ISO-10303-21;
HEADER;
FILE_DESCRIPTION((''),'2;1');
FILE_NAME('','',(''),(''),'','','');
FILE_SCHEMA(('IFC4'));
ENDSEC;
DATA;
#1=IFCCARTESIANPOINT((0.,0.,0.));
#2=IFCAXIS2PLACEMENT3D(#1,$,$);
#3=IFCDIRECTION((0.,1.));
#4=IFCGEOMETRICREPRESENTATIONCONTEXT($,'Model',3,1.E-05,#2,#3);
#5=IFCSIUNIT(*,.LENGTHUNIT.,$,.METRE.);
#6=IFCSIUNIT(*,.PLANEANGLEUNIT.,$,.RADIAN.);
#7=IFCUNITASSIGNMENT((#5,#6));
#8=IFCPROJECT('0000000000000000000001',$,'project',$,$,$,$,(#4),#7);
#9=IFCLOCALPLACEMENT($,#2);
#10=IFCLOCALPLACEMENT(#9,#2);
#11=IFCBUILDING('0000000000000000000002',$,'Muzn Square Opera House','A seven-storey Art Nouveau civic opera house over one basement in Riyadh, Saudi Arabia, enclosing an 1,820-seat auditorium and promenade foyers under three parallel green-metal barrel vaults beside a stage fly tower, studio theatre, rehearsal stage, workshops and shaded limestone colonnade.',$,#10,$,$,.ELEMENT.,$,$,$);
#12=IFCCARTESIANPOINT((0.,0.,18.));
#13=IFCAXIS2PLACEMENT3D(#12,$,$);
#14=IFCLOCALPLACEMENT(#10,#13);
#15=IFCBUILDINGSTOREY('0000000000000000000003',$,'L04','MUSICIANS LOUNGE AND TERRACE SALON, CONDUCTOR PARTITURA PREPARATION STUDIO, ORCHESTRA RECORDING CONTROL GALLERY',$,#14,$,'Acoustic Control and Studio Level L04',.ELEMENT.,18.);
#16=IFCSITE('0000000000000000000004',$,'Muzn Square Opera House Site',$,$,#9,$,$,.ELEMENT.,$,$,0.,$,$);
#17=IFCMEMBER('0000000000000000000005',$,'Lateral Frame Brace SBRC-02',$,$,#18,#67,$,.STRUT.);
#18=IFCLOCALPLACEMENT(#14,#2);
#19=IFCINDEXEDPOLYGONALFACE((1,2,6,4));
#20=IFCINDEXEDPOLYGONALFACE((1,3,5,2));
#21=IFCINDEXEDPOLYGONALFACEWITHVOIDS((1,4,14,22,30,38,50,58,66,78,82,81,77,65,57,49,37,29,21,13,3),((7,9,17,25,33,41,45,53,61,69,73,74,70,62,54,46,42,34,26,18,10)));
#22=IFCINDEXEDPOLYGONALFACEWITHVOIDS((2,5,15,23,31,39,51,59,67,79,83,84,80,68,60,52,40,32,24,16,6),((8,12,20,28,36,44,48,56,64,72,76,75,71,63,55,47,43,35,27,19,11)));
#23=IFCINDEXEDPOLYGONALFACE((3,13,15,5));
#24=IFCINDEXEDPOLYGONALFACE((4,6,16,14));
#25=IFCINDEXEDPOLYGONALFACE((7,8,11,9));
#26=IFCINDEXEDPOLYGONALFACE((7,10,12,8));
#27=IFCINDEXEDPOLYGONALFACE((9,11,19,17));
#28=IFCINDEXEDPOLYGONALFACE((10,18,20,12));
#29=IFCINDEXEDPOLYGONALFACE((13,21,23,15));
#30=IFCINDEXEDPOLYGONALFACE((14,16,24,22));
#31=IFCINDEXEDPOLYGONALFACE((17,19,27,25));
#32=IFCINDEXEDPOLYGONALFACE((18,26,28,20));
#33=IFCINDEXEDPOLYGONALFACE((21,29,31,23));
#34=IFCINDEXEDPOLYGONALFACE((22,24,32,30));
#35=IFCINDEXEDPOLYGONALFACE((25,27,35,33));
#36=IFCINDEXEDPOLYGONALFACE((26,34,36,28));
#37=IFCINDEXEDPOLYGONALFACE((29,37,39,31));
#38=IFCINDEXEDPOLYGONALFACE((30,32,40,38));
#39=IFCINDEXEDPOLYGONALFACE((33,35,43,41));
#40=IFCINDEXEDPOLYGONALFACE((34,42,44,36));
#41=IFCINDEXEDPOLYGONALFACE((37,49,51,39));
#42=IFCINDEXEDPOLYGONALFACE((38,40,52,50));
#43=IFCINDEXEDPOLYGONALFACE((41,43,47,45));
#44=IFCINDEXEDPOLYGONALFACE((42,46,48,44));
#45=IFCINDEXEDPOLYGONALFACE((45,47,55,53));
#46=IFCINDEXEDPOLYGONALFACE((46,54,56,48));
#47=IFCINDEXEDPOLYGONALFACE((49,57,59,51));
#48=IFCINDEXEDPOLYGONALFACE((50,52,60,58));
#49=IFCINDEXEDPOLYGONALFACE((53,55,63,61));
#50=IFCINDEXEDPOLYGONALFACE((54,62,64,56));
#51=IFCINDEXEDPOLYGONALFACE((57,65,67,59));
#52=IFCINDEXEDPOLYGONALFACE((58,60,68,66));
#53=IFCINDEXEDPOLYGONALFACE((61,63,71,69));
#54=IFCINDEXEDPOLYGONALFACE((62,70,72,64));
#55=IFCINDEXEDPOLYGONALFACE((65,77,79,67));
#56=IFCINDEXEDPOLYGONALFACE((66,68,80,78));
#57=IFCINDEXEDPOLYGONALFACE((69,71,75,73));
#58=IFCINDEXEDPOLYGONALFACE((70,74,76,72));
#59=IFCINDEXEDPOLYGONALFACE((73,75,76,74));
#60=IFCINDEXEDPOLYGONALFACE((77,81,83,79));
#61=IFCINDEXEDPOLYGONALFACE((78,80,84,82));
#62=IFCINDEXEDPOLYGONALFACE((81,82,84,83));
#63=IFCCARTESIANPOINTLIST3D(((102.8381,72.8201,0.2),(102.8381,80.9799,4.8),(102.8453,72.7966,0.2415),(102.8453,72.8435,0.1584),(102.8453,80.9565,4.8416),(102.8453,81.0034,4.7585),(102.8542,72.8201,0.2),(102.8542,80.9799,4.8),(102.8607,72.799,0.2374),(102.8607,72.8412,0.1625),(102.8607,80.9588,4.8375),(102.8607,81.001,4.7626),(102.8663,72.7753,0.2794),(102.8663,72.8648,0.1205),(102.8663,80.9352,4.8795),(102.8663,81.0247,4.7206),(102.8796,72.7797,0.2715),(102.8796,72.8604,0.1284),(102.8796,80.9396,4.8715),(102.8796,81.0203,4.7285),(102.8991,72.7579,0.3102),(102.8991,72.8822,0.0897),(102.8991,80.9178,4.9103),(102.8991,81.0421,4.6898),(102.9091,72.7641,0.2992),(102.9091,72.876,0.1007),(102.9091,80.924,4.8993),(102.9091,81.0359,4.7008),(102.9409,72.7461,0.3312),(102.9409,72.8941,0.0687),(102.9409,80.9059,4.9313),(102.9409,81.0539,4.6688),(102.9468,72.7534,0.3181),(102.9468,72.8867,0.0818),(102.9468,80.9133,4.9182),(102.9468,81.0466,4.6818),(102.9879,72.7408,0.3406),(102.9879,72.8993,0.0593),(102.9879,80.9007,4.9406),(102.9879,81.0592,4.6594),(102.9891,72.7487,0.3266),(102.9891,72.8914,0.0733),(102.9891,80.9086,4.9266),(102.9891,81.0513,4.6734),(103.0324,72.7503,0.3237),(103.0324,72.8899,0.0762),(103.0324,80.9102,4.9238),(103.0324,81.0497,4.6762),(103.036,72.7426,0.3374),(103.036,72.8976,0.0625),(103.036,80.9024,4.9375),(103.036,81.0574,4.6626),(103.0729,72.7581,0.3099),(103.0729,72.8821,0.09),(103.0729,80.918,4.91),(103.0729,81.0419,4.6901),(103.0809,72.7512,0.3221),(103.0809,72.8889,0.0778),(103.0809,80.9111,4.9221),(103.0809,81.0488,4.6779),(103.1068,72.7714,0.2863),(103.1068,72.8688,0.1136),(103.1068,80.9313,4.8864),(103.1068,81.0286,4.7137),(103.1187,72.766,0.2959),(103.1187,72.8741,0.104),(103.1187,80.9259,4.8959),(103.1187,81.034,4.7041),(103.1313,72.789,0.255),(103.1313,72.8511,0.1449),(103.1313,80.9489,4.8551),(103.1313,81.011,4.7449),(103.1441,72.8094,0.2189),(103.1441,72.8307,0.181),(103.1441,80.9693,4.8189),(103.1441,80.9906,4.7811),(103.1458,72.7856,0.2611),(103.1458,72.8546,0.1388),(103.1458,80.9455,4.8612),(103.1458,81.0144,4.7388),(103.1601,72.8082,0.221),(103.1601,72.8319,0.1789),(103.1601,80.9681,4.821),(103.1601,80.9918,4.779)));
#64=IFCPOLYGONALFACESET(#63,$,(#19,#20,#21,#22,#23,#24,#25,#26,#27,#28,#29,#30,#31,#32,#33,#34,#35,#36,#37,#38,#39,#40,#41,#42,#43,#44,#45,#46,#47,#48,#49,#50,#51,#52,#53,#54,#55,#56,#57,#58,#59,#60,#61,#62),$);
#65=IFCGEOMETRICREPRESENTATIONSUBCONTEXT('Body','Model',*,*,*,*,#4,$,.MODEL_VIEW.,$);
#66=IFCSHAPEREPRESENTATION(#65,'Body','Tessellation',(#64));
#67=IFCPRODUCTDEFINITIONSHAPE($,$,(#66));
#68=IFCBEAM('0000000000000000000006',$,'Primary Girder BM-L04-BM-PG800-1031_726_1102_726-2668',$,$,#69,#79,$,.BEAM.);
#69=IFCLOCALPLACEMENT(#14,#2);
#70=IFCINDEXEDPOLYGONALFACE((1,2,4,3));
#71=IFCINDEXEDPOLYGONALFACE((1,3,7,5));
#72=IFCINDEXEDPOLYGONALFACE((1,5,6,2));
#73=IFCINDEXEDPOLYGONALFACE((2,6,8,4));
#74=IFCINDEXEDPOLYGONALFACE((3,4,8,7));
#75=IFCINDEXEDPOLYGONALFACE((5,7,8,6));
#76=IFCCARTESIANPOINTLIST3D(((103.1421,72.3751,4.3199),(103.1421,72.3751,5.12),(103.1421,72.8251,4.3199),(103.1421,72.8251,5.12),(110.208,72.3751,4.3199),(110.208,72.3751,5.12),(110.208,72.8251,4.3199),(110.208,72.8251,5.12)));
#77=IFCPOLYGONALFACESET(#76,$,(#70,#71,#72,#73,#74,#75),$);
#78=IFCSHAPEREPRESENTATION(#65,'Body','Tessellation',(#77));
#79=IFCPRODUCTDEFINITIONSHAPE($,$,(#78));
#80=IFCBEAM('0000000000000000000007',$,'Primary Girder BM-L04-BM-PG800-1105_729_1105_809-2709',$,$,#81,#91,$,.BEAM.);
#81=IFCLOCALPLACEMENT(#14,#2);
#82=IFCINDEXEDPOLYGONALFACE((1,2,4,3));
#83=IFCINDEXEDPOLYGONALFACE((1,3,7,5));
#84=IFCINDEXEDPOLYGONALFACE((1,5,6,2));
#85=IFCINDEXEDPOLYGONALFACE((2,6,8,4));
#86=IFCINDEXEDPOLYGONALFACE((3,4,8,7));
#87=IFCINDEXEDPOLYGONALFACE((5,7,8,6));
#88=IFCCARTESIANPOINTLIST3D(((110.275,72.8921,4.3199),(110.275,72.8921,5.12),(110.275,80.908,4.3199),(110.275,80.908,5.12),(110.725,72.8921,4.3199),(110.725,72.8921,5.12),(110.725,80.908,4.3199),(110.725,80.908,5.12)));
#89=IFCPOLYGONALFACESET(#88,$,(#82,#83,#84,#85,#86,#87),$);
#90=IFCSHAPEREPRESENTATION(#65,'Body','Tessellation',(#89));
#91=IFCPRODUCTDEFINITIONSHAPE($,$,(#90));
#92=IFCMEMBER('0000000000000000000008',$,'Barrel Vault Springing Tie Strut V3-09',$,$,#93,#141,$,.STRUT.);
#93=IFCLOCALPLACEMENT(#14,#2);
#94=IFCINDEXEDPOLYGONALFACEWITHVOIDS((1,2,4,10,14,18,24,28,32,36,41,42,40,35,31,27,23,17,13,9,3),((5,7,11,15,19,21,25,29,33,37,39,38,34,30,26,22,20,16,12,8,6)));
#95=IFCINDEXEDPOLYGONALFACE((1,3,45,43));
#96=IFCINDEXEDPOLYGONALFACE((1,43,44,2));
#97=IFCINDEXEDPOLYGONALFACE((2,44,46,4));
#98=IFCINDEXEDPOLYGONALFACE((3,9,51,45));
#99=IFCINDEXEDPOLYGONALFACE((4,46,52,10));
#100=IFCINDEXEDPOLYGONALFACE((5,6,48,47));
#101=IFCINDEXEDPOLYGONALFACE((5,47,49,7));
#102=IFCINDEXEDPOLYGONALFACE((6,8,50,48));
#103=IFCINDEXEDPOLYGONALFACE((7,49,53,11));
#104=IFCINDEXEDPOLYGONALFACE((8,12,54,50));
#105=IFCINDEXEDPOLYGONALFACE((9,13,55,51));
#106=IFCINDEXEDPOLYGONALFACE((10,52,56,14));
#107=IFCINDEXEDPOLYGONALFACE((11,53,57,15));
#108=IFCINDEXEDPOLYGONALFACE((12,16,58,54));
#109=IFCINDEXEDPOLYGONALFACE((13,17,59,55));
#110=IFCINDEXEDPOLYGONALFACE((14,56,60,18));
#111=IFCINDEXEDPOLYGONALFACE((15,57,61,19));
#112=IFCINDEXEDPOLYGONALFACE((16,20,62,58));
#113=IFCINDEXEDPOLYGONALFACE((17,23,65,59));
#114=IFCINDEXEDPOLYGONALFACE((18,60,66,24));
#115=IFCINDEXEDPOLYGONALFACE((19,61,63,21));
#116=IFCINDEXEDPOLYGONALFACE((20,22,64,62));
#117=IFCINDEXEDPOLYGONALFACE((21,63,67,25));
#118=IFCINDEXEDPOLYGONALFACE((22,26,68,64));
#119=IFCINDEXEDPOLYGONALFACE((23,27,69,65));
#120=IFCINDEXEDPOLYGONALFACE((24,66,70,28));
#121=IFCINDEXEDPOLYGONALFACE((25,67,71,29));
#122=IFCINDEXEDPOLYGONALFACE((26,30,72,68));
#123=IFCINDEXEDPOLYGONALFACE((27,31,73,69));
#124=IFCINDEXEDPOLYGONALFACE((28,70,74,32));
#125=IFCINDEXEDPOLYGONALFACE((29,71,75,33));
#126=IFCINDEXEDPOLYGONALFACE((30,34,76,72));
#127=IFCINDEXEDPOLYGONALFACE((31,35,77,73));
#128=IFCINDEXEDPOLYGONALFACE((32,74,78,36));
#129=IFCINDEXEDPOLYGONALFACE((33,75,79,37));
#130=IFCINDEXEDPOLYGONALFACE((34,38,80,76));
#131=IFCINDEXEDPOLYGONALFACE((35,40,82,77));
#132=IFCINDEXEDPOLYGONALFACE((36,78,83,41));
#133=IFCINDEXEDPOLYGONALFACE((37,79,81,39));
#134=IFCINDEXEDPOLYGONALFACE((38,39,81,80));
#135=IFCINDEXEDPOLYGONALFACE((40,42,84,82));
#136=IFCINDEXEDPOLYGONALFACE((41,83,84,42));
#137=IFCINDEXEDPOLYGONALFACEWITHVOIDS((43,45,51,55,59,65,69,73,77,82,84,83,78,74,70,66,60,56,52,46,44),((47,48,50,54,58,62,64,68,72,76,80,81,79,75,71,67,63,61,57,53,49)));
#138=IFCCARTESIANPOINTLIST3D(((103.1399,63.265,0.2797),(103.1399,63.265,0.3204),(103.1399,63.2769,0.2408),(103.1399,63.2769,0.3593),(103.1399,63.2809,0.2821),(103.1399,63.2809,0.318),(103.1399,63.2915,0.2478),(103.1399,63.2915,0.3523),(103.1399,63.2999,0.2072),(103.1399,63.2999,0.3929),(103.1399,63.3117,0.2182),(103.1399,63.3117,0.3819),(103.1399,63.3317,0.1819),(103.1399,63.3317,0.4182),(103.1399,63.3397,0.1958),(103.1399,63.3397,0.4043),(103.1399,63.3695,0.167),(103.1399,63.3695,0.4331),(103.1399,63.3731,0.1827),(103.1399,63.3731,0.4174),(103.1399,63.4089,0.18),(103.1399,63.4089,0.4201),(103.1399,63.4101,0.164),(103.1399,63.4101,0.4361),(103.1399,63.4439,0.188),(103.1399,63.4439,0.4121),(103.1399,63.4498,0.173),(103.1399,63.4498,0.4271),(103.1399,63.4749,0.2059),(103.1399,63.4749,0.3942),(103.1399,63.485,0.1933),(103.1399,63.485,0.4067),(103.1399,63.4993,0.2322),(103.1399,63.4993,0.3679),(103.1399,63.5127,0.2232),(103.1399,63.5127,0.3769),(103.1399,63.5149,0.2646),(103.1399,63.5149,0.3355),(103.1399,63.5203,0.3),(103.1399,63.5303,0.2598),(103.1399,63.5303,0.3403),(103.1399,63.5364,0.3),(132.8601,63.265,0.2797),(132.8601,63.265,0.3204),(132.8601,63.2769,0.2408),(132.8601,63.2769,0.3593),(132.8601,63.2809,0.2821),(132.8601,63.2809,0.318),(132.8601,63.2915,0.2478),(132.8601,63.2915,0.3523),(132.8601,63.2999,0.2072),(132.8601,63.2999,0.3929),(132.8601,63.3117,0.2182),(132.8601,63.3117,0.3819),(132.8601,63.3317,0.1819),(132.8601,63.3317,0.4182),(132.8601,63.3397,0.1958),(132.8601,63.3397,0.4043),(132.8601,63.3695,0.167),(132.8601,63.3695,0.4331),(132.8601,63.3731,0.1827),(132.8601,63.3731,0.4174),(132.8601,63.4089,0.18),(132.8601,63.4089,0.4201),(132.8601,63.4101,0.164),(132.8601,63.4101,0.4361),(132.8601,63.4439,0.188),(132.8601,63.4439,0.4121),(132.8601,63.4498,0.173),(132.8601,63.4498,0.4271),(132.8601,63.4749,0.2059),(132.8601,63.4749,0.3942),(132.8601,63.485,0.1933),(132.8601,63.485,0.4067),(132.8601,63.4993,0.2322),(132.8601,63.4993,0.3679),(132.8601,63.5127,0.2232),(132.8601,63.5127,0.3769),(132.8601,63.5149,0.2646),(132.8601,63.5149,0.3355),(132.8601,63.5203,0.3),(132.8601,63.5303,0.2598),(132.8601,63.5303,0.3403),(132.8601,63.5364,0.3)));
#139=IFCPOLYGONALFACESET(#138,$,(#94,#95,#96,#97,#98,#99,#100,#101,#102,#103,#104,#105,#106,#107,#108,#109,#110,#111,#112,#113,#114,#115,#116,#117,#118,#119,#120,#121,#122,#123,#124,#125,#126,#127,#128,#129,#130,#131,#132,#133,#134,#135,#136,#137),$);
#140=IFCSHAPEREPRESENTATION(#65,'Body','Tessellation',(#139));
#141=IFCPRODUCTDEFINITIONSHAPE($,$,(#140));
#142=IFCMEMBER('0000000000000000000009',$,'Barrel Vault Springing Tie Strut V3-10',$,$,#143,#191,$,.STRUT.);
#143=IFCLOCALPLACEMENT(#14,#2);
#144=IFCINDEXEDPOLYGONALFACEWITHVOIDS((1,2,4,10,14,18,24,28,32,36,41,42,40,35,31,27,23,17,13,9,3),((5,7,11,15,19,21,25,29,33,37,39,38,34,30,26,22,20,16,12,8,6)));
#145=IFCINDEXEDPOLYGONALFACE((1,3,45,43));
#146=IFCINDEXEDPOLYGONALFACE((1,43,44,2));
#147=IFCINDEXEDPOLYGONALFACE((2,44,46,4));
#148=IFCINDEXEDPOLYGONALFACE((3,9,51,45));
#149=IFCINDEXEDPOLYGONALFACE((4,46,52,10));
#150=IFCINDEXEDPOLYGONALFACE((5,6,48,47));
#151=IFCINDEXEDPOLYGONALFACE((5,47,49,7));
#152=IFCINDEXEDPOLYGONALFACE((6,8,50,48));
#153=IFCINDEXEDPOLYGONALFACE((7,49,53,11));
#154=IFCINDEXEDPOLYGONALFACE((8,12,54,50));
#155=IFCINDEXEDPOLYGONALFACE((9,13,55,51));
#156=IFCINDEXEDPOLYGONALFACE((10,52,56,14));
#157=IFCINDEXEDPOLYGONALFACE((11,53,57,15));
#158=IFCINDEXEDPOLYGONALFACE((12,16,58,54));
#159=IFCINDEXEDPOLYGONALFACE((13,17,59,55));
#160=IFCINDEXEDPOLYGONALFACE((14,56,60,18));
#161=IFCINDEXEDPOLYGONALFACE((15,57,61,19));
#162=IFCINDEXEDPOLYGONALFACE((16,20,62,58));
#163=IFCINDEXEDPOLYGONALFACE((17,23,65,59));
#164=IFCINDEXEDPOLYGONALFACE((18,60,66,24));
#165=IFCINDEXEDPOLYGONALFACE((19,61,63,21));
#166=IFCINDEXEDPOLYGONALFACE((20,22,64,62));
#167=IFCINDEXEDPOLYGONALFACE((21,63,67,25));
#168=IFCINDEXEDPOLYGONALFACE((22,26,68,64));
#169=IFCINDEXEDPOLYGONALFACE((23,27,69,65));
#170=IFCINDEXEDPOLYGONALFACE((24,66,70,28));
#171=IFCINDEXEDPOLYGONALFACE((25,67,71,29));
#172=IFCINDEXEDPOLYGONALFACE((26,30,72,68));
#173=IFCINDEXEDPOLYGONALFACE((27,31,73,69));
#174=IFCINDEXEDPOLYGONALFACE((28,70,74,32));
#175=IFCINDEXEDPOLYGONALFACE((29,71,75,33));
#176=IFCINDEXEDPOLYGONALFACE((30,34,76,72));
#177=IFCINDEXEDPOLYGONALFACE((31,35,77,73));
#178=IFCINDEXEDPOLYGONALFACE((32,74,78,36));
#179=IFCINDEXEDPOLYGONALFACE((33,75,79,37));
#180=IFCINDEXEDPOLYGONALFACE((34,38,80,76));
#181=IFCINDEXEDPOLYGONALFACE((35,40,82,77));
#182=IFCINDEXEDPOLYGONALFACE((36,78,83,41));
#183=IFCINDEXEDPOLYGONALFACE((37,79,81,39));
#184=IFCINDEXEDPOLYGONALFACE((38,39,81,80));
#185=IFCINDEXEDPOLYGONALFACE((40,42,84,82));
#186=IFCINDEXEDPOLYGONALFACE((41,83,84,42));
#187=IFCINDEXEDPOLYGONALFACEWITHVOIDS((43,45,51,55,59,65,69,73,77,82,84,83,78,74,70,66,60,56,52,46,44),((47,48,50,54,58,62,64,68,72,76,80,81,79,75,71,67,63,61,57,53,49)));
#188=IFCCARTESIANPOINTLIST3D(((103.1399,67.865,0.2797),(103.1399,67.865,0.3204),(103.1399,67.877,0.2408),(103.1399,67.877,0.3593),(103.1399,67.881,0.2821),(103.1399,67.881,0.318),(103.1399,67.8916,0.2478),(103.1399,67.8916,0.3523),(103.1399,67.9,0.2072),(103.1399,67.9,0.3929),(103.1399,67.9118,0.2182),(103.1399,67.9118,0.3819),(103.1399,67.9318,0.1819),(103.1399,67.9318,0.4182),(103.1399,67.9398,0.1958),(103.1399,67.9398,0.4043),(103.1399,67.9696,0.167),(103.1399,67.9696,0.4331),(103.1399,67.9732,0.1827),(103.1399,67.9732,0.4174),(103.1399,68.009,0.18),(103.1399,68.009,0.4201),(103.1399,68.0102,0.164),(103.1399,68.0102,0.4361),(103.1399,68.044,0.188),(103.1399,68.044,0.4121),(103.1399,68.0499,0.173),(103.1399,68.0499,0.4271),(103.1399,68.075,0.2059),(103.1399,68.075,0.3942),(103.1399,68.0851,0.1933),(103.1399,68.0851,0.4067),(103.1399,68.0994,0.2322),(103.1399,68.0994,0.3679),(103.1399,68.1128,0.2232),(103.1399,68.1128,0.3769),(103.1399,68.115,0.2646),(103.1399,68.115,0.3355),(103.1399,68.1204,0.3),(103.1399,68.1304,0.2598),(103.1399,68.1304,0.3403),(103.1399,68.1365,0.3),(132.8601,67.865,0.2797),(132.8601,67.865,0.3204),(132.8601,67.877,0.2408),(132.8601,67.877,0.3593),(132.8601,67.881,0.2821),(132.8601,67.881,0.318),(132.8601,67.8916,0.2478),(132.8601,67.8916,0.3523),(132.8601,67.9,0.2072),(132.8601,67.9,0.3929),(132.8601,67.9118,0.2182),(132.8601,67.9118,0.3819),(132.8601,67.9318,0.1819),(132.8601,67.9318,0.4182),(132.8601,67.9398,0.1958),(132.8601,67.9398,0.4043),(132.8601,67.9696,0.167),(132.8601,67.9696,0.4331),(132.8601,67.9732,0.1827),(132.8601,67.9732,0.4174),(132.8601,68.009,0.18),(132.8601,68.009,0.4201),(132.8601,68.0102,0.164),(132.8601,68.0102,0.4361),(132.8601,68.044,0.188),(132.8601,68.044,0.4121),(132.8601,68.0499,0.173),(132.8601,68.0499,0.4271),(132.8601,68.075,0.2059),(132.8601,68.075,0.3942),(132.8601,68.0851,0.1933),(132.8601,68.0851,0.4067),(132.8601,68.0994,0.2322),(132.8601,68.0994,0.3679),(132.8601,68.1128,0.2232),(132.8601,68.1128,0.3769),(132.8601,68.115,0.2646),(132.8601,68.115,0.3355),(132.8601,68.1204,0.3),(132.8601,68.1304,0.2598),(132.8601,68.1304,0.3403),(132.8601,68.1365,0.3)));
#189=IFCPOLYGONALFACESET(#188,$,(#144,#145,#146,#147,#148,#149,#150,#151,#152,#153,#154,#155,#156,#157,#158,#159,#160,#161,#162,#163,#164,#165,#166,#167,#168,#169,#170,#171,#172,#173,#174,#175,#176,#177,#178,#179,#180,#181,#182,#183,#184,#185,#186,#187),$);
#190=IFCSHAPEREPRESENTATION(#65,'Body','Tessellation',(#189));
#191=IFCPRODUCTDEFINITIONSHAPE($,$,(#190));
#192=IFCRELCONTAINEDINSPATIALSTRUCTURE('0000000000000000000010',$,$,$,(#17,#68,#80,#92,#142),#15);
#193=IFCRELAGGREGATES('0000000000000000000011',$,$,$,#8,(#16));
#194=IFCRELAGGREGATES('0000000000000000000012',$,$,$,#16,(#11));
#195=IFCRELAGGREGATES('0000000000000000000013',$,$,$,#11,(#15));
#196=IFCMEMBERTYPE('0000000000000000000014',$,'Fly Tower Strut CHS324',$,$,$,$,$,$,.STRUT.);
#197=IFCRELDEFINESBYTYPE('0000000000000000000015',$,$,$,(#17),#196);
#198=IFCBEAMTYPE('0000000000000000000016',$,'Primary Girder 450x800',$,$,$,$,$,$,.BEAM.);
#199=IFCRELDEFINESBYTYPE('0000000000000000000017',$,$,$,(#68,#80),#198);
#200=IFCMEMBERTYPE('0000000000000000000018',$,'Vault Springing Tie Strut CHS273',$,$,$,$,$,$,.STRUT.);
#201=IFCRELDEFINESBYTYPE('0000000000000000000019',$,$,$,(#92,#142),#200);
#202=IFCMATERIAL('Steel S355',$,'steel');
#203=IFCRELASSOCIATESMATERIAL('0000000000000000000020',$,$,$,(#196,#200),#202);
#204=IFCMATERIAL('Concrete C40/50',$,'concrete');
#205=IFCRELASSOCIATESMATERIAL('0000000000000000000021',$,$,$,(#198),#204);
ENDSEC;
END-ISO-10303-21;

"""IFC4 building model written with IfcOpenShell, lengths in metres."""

from ifc_helpers import new_model, si_unit, direction, frame, origin, origin_2d, place, context, subcontext, project, spatial, rectangle, hollow_circle, extrude, material, material_profile, profile_set, type_object, element, save


model = new_model("IFC4")

# Units and contexts
model_context = context("Model", 3, precision=1e-05, world=origin(), true_north=direction((0.0, 1.0)))
body_context = subcontext(model_context, "Body", "Model", "MODEL_VIEW")
ifc_project = project(units=[si_unit("LENGTHUNIT", "METRE"), si_unit("PLANEANGLEUNIT", "RADIAN")], contexts=[model_context])

# Site, building, storey
site_placement = place(None, origin())
site = spatial("IfcSite", under=ifc_project, at=site_placement, Name="Muzn Square Opera House Site", CompositionType="ELEMENT", RefElevation=0.0)
building_placement = place(site_placement, origin())
building = spatial("IfcBuilding", under=site, at=building_placement, Name="Muzn Square Opera House", Description="A seven-storey Art Nouveau civic opera house over one basement in Riyadh, Saudi Arabia, enclosing an 1,820-seat auditorium and promenade foyers under three parallel green-metal barrel vaults beside a stage fly tower, studio theatre, rehearsal stage, workshops and shaded limestone colonnade.", CompositionType="ELEMENT")
storey_placement = place(building_placement, frame((0.0, 0.0, 18.0)))
storey = spatial("IfcBuildingStorey", under=building, at=storey_placement, Name="L04", Description="MUSICIANS LOUNGE AND TERRACE SALON, CONDUCTOR PARTITURA PREPARATION STUDIO, ORCHESTRA RECORDING CONTROL GALLERY", LongName="Acoustic Control and Studio Level L04", CompositionType="ELEMENT", Elevation=18.0)

# Shared definitions
ifc_material_1 = material(Name="Steel S355", Category="steel")

# Member
ifc_material_profile_1 = material_profile(ifc_material_1, hollow_circle(Radius=0.1619, WallThickness=0.0161, at=origin_2d()), Name="CHS 323.9x16", Category="steel")
ifc_profile_set_1 = profile_set([ifc_material_profile_1], Name="Steel S355")
member_type_1 = type_object("IfcMemberType", Name="Fly Tower Strut CHS324", PredefinedType="STRUT", material=ifc_profile_set_1)
member_placement = place(storey_placement, frame((103.0, 72.8201, 0.2), z_axis=(0.0, 0.871112, 0.491084), x_axis=(-1.0, 0.0, 0.0)))
element("IfcMember", 1, at=member_placement, inside=storey, type_object=member_type_1, Name="Lateral Frame Brace SBRC-02", PredefinedType="STRUT", context=body_context, shape_type="SweptSolid", body=[
    extrude(hollow_circle(Radius=0.1619, WallThickness=0.0161, at=origin_2d()), origin(), (0.0, 0.0, 1.0), 9.3672),
])

# Beams
ifc_material_2 = material(Name="Concrete C40/50", Category="concrete")
ifc_material_profile_2 = material_profile(ifc_material_2, rectangle(XDim=0.45, YDim=0.8, at=origin_2d()), Name="RCB 450x800", Category="concrete")
ifc_profile_set_2 = profile_set([ifc_material_profile_2], Name="Concrete C40/50")
beam_type = type_object("IfcBeamType", Name="Primary Girder 450x800", PredefinedType="BEAM", material=ifc_profile_set_2)
beam_1_placement = place(storey_placement, frame((103.1421, 72.6001, 4.72), z_axis=(1.0, 0.0, 0.0), x_axis=(0.0, 1.0, 0.0)))
element("IfcBeam", 2, at=beam_1_placement, inside=storey, type_object=beam_type, Name="Primary Girder BM-L04-BM-PG800-1031_726_1102_726-2668", PredefinedType="BEAM", context=body_context, shape_type="SweptSolid", body=[
    extrude(rectangle(XDim=0.45, YDim=0.8, at=origin_2d()), origin(), (0.0, 0.0, 1.0), 7.0659),
])
beam_2_placement = place(storey_placement, frame((110.5, 72.8921, 4.72), z_axis=(0.0, 1.0, 0.0), x_axis=(-1.0, 0.0, 0.0)))
element("IfcBeam", 3, at=beam_2_placement, inside=storey, type_object=beam_type, Name="Primary Girder BM-L04-BM-PG800-1105_729_1105_809-2709", PredefinedType="BEAM", context=body_context, shape_type="SweptSolid", body=[
    extrude(rectangle(XDim=0.45, YDim=0.8, at=origin_2d()), origin(), (0.0, 0.0, 1.0), 8.0159),
])

# Members
ifc_material_profile_3 = material_profile(ifc_material_1, hollow_circle(Radius=0.1365, WallThickness=0.0161, at=origin_2d()), Name="CHS 273x16", Category="steel")
ifc_profile_set_3 = profile_set([ifc_material_profile_3], Name="Steel S355")
member_type_2 = type_object("IfcMemberType", Name="Vault Springing Tie Strut CHS273", PredefinedType="STRUT", material=ifc_profile_set_3)
for number, where, z_axis, x_axis, name in (
    (4, (103.1399, 63.3999, 0.3), (1.0, 0.0, 0.0), (0.0, 1.0, 0.0), "Barrel Vault Springing Tie Strut V3-09"),
    (5, (103.1399, 68.0, 0.3), (1.0, 0.0, 0.0), (0.0, 1.0, 0.0), "Barrel Vault Springing Tie Strut V3-10"),
):
    element("IfcMember", number, at=place(storey_placement, frame(where, z_axis=z_axis, x_axis=x_axis)), inside=storey, type_object=member_type_2, Name=name, PredefinedType="STRUT", context=body_context, shape_type="SweptSolid", body=[
        extrude(hollow_circle(Radius=0.1365, WallThickness=0.0161, at=origin_2d()), origin(), (0.0, 0.0, 1.0), 29.7202),
    ])

save(model, "model.ifc")
